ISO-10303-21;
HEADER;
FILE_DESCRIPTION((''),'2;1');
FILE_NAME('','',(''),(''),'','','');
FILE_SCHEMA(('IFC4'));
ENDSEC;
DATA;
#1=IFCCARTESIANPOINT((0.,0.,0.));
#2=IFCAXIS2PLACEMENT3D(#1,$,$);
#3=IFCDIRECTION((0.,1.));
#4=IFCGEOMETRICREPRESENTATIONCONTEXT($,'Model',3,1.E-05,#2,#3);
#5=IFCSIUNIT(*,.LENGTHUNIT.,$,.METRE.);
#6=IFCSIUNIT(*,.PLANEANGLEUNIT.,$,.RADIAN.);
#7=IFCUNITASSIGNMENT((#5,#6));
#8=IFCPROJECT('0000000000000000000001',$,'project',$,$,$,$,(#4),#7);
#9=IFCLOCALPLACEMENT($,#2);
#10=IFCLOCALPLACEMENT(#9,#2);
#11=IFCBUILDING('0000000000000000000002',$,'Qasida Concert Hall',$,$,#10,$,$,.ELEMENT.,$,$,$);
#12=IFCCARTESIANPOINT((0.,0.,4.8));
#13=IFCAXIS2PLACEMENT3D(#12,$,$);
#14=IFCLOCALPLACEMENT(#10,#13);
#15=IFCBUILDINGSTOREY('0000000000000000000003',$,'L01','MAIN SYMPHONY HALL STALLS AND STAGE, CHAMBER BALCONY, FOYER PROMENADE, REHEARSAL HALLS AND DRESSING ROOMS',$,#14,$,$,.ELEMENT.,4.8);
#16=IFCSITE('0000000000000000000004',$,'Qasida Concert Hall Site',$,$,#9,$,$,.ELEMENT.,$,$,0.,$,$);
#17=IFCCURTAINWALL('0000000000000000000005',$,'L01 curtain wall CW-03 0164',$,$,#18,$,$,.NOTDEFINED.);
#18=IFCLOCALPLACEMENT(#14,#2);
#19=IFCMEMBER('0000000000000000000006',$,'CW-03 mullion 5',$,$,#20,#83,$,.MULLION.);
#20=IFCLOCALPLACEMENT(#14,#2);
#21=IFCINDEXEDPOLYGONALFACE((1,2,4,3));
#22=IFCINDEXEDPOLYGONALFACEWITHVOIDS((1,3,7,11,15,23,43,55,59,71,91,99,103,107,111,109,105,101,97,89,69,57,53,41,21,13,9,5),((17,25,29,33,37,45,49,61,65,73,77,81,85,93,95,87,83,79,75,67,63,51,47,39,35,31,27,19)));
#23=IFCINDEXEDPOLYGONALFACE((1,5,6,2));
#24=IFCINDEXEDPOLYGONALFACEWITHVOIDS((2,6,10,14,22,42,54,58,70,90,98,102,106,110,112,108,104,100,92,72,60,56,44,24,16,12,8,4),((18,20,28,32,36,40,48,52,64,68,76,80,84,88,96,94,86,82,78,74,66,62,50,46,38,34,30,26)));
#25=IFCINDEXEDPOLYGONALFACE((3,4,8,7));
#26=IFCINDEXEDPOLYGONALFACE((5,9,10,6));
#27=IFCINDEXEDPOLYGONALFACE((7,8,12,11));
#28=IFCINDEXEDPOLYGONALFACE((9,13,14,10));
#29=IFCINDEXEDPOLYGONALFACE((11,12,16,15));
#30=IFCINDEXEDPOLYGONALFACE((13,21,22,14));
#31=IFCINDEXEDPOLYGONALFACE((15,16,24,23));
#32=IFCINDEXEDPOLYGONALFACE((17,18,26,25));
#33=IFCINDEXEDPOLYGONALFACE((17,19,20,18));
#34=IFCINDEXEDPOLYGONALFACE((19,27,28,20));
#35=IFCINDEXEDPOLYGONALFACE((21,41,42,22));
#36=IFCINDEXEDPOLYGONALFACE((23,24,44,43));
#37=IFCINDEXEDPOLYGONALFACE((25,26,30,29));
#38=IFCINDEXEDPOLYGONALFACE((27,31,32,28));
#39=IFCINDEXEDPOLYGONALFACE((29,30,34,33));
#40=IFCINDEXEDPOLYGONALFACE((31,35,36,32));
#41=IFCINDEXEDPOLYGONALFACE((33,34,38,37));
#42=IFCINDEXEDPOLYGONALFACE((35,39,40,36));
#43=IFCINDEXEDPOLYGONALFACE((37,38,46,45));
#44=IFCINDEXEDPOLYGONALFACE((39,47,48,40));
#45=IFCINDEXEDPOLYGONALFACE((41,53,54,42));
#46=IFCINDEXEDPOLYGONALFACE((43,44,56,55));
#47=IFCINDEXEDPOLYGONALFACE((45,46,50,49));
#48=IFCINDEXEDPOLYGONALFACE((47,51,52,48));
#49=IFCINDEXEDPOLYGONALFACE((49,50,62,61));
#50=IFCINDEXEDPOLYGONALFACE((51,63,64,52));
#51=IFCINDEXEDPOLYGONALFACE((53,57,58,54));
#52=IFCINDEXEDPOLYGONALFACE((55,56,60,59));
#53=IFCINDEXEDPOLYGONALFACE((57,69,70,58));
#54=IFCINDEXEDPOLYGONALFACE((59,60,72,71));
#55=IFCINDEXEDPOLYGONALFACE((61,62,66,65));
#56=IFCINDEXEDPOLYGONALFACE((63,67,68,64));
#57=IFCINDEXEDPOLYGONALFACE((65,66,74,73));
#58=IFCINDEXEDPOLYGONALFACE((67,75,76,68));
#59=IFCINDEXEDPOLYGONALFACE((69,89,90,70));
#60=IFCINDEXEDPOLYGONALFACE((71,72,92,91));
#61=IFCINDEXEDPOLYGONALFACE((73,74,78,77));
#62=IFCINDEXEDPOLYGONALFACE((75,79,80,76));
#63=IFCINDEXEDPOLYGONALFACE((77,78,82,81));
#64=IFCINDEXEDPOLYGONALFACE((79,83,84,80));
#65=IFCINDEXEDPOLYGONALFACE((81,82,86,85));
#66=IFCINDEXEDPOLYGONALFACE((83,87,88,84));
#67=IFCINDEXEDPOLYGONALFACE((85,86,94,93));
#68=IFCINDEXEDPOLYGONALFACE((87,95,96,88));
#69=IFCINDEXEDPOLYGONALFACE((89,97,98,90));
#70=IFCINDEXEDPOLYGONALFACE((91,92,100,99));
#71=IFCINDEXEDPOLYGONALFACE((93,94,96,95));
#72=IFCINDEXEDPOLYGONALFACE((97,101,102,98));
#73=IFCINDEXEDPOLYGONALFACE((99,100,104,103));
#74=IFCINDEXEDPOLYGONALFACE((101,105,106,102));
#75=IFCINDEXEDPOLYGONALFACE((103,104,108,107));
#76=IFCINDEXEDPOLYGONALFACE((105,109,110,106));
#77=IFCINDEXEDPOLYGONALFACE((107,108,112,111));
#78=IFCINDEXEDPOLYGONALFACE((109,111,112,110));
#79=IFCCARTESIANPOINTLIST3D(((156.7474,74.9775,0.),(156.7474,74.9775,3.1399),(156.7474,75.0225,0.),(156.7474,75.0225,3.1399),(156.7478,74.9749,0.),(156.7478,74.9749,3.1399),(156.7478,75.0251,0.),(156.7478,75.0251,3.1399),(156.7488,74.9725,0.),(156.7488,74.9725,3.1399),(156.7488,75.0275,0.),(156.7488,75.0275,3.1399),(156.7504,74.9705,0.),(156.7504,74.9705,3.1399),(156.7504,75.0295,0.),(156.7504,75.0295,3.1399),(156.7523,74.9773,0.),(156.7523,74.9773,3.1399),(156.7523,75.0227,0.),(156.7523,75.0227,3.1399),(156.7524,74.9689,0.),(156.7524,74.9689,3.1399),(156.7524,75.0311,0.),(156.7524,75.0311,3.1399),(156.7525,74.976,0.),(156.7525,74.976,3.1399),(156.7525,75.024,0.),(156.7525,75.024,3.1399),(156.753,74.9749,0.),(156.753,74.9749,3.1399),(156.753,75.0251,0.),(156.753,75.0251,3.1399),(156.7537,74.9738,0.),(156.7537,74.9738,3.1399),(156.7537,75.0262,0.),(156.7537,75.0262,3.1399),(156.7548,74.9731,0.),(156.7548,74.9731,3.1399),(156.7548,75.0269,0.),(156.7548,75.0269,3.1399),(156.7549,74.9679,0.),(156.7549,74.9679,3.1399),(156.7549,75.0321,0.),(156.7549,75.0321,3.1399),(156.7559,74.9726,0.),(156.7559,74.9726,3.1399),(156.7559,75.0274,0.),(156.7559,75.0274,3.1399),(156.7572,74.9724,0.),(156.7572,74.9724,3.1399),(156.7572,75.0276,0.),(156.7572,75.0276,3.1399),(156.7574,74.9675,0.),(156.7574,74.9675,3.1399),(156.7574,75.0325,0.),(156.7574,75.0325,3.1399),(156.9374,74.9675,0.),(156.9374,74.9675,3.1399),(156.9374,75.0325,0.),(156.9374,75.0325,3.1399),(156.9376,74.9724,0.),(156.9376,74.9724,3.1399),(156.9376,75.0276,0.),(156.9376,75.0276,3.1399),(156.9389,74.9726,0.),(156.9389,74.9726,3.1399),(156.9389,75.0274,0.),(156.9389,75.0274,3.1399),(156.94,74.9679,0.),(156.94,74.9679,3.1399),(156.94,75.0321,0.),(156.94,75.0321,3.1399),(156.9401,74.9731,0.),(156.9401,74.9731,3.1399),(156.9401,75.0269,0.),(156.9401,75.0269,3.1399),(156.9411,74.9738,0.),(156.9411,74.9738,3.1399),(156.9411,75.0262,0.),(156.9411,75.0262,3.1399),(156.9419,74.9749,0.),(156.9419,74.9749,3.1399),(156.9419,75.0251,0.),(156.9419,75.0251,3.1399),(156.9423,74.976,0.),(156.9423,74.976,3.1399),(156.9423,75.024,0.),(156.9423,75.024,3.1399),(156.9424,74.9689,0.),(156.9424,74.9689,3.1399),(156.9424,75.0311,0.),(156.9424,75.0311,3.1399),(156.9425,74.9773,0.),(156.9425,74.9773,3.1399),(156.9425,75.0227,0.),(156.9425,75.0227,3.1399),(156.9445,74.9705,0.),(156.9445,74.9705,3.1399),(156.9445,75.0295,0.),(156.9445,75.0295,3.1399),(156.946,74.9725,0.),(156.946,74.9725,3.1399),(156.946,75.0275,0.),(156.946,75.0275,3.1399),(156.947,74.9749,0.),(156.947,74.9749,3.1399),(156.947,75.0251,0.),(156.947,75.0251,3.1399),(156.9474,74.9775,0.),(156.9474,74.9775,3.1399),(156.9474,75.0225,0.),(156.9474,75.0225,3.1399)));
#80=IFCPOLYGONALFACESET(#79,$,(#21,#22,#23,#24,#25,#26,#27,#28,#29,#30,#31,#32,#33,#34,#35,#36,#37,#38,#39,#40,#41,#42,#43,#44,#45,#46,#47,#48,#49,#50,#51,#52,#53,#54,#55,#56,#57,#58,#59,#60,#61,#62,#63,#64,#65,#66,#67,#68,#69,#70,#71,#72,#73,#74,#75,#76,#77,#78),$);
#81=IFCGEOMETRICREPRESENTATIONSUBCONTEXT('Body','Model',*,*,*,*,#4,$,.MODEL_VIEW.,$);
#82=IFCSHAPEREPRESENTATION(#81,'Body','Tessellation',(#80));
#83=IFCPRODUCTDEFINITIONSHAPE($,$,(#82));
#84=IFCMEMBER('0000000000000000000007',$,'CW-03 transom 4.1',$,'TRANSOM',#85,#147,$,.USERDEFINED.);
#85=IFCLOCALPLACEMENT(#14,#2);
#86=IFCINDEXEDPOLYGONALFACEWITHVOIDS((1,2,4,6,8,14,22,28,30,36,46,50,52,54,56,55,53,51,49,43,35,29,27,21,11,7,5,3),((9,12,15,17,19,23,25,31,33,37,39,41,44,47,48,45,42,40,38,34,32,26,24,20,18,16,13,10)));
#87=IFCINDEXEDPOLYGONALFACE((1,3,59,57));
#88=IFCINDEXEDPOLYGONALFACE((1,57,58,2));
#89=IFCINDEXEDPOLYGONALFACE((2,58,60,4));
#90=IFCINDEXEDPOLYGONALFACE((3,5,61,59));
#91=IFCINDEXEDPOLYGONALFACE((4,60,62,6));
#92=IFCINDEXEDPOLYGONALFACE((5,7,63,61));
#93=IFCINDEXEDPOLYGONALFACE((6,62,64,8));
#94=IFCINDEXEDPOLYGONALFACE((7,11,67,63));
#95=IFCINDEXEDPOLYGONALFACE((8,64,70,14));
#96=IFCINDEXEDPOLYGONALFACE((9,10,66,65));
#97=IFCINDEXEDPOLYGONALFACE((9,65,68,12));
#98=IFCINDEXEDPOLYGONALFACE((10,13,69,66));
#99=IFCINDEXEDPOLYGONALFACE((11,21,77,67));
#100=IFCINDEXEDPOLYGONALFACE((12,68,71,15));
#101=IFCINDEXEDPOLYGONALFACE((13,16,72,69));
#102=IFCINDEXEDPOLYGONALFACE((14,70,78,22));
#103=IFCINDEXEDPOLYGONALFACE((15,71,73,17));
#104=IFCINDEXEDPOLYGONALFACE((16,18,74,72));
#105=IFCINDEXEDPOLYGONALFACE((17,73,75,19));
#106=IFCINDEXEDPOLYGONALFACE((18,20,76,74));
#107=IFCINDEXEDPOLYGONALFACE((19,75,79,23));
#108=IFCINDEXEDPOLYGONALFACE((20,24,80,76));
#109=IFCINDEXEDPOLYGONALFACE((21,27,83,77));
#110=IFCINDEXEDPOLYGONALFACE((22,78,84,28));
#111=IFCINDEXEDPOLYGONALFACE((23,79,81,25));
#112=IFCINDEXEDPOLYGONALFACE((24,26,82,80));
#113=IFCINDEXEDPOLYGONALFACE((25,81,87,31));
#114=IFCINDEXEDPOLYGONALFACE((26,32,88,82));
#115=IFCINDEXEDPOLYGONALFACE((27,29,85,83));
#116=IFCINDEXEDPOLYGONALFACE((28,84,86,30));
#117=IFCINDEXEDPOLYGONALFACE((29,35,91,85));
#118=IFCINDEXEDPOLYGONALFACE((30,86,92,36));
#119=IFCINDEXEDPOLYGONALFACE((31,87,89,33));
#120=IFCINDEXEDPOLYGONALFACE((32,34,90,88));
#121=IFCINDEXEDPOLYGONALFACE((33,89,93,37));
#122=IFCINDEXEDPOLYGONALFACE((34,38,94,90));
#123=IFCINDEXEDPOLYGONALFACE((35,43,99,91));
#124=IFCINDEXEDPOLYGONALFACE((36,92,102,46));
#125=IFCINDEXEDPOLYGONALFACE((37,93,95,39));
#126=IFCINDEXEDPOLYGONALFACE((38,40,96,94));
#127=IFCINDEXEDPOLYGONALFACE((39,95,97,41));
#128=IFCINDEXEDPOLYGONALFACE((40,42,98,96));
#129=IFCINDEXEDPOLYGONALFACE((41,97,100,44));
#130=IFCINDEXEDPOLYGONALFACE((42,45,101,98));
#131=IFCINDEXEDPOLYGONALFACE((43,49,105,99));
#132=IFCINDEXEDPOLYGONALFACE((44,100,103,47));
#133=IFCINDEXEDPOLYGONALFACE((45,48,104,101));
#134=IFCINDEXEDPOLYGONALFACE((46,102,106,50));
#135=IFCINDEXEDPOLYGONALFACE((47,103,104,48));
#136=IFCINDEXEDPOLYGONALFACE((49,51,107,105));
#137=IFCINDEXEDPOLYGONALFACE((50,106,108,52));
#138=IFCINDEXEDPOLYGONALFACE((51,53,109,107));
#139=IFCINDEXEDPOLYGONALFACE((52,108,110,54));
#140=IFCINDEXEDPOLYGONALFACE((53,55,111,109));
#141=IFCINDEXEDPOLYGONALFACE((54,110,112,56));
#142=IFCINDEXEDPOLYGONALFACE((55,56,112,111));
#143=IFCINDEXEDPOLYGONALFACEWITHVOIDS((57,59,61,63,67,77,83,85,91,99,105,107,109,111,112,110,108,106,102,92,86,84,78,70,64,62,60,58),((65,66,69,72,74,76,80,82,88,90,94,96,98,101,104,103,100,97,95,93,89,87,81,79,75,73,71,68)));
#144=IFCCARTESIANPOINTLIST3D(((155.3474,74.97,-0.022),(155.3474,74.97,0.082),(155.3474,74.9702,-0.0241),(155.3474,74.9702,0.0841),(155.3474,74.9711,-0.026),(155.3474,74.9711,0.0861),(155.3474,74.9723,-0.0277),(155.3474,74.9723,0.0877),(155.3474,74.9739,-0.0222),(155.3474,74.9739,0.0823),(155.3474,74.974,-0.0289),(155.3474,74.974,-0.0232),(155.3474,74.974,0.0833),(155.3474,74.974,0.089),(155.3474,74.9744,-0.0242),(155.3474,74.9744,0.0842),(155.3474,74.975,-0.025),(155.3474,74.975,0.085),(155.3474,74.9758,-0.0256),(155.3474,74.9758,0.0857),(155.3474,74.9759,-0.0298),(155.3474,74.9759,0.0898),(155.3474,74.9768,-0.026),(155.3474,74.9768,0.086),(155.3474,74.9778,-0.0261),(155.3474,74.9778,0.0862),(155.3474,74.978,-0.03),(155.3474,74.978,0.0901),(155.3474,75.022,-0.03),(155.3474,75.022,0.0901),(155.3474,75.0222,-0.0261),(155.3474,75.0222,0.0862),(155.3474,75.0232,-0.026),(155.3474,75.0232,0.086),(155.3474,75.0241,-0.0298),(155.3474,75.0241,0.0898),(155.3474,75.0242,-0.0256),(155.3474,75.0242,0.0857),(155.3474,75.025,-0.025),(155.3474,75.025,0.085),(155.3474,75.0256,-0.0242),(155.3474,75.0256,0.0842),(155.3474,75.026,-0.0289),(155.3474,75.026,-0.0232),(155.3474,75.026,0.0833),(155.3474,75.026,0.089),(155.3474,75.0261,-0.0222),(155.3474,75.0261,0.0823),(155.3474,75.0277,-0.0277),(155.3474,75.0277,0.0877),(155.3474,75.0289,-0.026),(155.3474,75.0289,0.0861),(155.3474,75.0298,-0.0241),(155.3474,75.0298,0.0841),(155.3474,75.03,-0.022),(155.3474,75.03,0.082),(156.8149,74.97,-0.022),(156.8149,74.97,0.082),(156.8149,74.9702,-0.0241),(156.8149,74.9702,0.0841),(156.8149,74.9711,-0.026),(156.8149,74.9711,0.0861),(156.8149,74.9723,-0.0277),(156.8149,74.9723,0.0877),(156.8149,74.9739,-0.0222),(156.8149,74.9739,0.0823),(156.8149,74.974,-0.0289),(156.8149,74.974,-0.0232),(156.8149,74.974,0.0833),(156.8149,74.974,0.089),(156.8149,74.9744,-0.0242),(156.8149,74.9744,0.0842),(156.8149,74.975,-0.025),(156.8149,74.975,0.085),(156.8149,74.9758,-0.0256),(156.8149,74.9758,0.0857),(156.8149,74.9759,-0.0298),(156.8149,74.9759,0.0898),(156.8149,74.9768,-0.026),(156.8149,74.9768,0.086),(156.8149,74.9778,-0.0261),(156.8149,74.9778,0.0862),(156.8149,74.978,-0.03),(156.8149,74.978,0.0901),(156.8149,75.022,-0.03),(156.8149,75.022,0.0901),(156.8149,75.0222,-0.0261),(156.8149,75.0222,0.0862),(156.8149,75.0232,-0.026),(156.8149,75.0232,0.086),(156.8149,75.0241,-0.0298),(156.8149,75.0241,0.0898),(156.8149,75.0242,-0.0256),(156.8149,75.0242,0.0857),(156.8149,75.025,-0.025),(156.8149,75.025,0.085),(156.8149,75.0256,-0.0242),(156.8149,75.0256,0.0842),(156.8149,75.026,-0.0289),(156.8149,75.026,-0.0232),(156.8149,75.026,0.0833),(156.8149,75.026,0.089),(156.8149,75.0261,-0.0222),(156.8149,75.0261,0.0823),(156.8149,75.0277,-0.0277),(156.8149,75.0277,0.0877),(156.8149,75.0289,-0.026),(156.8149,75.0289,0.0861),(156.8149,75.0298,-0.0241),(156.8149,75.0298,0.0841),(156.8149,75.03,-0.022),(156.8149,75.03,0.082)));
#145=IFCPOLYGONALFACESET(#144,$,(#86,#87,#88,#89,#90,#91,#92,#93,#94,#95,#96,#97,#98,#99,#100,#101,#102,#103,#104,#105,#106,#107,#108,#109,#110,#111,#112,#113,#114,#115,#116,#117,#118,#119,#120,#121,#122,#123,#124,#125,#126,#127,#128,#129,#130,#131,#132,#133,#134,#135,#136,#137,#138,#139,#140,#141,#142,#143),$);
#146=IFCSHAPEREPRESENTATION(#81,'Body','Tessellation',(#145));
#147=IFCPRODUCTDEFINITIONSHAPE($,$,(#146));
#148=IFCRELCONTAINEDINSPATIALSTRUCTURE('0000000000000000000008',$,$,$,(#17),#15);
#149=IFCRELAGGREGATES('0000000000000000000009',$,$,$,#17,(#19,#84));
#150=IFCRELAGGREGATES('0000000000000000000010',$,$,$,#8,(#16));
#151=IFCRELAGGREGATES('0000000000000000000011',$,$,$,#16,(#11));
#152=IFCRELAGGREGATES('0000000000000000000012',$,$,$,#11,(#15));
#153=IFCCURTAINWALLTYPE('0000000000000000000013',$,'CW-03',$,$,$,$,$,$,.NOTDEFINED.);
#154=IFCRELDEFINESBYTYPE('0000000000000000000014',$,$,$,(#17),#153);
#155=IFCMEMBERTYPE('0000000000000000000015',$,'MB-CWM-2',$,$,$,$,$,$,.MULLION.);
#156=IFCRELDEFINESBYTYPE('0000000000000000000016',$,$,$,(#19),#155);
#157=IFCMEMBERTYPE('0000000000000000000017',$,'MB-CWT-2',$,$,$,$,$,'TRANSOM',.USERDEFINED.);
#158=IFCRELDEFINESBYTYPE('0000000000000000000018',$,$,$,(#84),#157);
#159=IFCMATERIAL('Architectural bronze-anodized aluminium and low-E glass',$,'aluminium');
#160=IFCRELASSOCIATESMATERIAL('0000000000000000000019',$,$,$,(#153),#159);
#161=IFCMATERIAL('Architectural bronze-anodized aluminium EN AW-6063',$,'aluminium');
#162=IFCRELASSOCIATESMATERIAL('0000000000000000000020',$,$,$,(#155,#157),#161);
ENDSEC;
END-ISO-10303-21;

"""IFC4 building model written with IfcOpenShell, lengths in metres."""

from ifc_helpers import new_model, si_unit, direction, frame, origin, origin_2d, place, context, subcontext, project, spatial, hollow_rectangle, extrude, material, material_profile, profile_set, type_object, element, aggregate, save


model = new_model("IFC4")

# Units and contexts
model_context = context("Model", 3, precision=1e-05, world=origin(), true_north=direction((0.0, 1.0)))
body_context = subcontext(model_context, "Body", "Model", "MODEL_VIEW")
ifc_project = project(units=[si_unit("LENGTHUNIT", "METRE"), si_unit("PLANEANGLEUNIT", "RADIAN")], contexts=[model_context])

# Site, building, storey
site_placement = place(None, origin())
site = spatial("IfcSite", under=ifc_project, at=site_placement, Name="Qasida Concert Hall Site", CompositionType="ELEMENT", RefElevation=0.0)
building_placement = place(site_placement, origin())
building = spatial("IfcBuilding", under=site, at=building_placement, Name="Qasida Concert Hall", CompositionType="ELEMENT")
storey_placement = place(building_placement, frame((0.0, 0.0, 4.8)))
storey = spatial("IfcBuildingStorey", under=building, at=storey_placement, Name="L01", Description="MAIN SYMPHONY HALL STALLS AND STAGE, CHAMBER BALCONY, FOYER PROMENADE, REHEARSAL HALLS AND DRESSING ROOMS", CompositionType="ELEMENT", Elevation=4.8)

# Curtain wall, members
ifc_material_1 = material(Name="Architectural bronze-anodized aluminium and low-E glass", Category="aluminium")
curtain_wall_type = type_object("IfcCurtainWallType", Name="CW-03", PredefinedType="NOTDEFINED", material=ifc_material_1)
curtain_wall_placement = place(storey_placement, origin())
curtain_wall = element("IfcCurtainWall", 1, at=curtain_wall_placement, inside=storey, type_object=curtain_wall_type, Name="L01 curtain wall CW-03 0164", PredefinedType="NOTDEFINED")
ifc_material_2 = material(Name="Architectural bronze-anodized aluminium EN AW-6063", Category="aluminium")
ifc_material_profile_1 = material_profile(ifc_material_2, hollow_rectangle(XDim=0.0649, YDim=0.2, WallThickness=0.0049, InnerFilletRadius=0.0049, OuterFilletRadius=0.01, at=origin_2d()), Name="CWM 200x65x5")
ifc_profile_set_1 = profile_set([ifc_material_profile_1], Name="Architectural bronze-anodized aluminium EN AW-6063")
member_type_1 = type_object("IfcMemberType", Name="MB-CWM-2", PredefinedType="MULLION", material=ifc_profile_set_1)
member_1_placement = place(storey_placement, frame((156.8474, 75.0, 0.0), z_axis=(0.0, 0.0, 1.0), x_axis=(0.0, 1.0, 0.0)))
member_1 = element("IfcMember", 2, at=member_1_placement, type_object=member_type_1, Name="CW-03 mullion 5", PredefinedType="MULLION", context=body_context, shape_type="SweptSolid", body=[
    extrude(hollow_rectangle(XDim=0.0649, YDim=0.2, WallThickness=0.0049, InnerFilletRadius=0.0049, OuterFilletRadius=0.01, at=origin_2d()), origin(), (0.0, 0.0, 1.0), 3.1399),
])
ifc_material_profile_2 = material_profile(ifc_material_2, hollow_rectangle(XDim=0.0601, YDim=0.1201, WallThickness=0.0039, InnerFilletRadius=0.0039, OuterFilletRadius=0.0081, at=origin_2d()), Name="CWT 120x60x4")
ifc_profile_set_2 = profile_set([ifc_material_profile_2], Name="Architectural bronze-anodized aluminium EN AW-6063")
member_type_2 = type_object("IfcMemberType", Name="MB-CWT-2", ElementType="TRANSOM", PredefinedType="USERDEFINED", material=ifc_profile_set_2)
member_2_placement = place(storey_placement, frame((155.3474, 75.0, 0.03), z_axis=(1.0, 0.0, 0.0), x_axis=(0.0, 1.0, 0.0)))
member_2 = element("IfcMember", 3, at=member_2_placement, type_object=member_type_2, Name="CW-03 transom 4.1", ObjectType="TRANSOM", PredefinedType="USERDEFINED", context=body_context, shape_type="SweptSolid", body=[
    extrude(hollow_rectangle(XDim=0.0601, YDim=0.1201, WallThickness=0.0039, InnerFilletRadius=0.0039, OuterFilletRadius=0.0081, at=origin_2d()), origin(), (0.0, 0.0, 1.0), 1.4675),
])
aggregate(curtain_wall, [member_1, member_2])

save(model, "model.ifc")
